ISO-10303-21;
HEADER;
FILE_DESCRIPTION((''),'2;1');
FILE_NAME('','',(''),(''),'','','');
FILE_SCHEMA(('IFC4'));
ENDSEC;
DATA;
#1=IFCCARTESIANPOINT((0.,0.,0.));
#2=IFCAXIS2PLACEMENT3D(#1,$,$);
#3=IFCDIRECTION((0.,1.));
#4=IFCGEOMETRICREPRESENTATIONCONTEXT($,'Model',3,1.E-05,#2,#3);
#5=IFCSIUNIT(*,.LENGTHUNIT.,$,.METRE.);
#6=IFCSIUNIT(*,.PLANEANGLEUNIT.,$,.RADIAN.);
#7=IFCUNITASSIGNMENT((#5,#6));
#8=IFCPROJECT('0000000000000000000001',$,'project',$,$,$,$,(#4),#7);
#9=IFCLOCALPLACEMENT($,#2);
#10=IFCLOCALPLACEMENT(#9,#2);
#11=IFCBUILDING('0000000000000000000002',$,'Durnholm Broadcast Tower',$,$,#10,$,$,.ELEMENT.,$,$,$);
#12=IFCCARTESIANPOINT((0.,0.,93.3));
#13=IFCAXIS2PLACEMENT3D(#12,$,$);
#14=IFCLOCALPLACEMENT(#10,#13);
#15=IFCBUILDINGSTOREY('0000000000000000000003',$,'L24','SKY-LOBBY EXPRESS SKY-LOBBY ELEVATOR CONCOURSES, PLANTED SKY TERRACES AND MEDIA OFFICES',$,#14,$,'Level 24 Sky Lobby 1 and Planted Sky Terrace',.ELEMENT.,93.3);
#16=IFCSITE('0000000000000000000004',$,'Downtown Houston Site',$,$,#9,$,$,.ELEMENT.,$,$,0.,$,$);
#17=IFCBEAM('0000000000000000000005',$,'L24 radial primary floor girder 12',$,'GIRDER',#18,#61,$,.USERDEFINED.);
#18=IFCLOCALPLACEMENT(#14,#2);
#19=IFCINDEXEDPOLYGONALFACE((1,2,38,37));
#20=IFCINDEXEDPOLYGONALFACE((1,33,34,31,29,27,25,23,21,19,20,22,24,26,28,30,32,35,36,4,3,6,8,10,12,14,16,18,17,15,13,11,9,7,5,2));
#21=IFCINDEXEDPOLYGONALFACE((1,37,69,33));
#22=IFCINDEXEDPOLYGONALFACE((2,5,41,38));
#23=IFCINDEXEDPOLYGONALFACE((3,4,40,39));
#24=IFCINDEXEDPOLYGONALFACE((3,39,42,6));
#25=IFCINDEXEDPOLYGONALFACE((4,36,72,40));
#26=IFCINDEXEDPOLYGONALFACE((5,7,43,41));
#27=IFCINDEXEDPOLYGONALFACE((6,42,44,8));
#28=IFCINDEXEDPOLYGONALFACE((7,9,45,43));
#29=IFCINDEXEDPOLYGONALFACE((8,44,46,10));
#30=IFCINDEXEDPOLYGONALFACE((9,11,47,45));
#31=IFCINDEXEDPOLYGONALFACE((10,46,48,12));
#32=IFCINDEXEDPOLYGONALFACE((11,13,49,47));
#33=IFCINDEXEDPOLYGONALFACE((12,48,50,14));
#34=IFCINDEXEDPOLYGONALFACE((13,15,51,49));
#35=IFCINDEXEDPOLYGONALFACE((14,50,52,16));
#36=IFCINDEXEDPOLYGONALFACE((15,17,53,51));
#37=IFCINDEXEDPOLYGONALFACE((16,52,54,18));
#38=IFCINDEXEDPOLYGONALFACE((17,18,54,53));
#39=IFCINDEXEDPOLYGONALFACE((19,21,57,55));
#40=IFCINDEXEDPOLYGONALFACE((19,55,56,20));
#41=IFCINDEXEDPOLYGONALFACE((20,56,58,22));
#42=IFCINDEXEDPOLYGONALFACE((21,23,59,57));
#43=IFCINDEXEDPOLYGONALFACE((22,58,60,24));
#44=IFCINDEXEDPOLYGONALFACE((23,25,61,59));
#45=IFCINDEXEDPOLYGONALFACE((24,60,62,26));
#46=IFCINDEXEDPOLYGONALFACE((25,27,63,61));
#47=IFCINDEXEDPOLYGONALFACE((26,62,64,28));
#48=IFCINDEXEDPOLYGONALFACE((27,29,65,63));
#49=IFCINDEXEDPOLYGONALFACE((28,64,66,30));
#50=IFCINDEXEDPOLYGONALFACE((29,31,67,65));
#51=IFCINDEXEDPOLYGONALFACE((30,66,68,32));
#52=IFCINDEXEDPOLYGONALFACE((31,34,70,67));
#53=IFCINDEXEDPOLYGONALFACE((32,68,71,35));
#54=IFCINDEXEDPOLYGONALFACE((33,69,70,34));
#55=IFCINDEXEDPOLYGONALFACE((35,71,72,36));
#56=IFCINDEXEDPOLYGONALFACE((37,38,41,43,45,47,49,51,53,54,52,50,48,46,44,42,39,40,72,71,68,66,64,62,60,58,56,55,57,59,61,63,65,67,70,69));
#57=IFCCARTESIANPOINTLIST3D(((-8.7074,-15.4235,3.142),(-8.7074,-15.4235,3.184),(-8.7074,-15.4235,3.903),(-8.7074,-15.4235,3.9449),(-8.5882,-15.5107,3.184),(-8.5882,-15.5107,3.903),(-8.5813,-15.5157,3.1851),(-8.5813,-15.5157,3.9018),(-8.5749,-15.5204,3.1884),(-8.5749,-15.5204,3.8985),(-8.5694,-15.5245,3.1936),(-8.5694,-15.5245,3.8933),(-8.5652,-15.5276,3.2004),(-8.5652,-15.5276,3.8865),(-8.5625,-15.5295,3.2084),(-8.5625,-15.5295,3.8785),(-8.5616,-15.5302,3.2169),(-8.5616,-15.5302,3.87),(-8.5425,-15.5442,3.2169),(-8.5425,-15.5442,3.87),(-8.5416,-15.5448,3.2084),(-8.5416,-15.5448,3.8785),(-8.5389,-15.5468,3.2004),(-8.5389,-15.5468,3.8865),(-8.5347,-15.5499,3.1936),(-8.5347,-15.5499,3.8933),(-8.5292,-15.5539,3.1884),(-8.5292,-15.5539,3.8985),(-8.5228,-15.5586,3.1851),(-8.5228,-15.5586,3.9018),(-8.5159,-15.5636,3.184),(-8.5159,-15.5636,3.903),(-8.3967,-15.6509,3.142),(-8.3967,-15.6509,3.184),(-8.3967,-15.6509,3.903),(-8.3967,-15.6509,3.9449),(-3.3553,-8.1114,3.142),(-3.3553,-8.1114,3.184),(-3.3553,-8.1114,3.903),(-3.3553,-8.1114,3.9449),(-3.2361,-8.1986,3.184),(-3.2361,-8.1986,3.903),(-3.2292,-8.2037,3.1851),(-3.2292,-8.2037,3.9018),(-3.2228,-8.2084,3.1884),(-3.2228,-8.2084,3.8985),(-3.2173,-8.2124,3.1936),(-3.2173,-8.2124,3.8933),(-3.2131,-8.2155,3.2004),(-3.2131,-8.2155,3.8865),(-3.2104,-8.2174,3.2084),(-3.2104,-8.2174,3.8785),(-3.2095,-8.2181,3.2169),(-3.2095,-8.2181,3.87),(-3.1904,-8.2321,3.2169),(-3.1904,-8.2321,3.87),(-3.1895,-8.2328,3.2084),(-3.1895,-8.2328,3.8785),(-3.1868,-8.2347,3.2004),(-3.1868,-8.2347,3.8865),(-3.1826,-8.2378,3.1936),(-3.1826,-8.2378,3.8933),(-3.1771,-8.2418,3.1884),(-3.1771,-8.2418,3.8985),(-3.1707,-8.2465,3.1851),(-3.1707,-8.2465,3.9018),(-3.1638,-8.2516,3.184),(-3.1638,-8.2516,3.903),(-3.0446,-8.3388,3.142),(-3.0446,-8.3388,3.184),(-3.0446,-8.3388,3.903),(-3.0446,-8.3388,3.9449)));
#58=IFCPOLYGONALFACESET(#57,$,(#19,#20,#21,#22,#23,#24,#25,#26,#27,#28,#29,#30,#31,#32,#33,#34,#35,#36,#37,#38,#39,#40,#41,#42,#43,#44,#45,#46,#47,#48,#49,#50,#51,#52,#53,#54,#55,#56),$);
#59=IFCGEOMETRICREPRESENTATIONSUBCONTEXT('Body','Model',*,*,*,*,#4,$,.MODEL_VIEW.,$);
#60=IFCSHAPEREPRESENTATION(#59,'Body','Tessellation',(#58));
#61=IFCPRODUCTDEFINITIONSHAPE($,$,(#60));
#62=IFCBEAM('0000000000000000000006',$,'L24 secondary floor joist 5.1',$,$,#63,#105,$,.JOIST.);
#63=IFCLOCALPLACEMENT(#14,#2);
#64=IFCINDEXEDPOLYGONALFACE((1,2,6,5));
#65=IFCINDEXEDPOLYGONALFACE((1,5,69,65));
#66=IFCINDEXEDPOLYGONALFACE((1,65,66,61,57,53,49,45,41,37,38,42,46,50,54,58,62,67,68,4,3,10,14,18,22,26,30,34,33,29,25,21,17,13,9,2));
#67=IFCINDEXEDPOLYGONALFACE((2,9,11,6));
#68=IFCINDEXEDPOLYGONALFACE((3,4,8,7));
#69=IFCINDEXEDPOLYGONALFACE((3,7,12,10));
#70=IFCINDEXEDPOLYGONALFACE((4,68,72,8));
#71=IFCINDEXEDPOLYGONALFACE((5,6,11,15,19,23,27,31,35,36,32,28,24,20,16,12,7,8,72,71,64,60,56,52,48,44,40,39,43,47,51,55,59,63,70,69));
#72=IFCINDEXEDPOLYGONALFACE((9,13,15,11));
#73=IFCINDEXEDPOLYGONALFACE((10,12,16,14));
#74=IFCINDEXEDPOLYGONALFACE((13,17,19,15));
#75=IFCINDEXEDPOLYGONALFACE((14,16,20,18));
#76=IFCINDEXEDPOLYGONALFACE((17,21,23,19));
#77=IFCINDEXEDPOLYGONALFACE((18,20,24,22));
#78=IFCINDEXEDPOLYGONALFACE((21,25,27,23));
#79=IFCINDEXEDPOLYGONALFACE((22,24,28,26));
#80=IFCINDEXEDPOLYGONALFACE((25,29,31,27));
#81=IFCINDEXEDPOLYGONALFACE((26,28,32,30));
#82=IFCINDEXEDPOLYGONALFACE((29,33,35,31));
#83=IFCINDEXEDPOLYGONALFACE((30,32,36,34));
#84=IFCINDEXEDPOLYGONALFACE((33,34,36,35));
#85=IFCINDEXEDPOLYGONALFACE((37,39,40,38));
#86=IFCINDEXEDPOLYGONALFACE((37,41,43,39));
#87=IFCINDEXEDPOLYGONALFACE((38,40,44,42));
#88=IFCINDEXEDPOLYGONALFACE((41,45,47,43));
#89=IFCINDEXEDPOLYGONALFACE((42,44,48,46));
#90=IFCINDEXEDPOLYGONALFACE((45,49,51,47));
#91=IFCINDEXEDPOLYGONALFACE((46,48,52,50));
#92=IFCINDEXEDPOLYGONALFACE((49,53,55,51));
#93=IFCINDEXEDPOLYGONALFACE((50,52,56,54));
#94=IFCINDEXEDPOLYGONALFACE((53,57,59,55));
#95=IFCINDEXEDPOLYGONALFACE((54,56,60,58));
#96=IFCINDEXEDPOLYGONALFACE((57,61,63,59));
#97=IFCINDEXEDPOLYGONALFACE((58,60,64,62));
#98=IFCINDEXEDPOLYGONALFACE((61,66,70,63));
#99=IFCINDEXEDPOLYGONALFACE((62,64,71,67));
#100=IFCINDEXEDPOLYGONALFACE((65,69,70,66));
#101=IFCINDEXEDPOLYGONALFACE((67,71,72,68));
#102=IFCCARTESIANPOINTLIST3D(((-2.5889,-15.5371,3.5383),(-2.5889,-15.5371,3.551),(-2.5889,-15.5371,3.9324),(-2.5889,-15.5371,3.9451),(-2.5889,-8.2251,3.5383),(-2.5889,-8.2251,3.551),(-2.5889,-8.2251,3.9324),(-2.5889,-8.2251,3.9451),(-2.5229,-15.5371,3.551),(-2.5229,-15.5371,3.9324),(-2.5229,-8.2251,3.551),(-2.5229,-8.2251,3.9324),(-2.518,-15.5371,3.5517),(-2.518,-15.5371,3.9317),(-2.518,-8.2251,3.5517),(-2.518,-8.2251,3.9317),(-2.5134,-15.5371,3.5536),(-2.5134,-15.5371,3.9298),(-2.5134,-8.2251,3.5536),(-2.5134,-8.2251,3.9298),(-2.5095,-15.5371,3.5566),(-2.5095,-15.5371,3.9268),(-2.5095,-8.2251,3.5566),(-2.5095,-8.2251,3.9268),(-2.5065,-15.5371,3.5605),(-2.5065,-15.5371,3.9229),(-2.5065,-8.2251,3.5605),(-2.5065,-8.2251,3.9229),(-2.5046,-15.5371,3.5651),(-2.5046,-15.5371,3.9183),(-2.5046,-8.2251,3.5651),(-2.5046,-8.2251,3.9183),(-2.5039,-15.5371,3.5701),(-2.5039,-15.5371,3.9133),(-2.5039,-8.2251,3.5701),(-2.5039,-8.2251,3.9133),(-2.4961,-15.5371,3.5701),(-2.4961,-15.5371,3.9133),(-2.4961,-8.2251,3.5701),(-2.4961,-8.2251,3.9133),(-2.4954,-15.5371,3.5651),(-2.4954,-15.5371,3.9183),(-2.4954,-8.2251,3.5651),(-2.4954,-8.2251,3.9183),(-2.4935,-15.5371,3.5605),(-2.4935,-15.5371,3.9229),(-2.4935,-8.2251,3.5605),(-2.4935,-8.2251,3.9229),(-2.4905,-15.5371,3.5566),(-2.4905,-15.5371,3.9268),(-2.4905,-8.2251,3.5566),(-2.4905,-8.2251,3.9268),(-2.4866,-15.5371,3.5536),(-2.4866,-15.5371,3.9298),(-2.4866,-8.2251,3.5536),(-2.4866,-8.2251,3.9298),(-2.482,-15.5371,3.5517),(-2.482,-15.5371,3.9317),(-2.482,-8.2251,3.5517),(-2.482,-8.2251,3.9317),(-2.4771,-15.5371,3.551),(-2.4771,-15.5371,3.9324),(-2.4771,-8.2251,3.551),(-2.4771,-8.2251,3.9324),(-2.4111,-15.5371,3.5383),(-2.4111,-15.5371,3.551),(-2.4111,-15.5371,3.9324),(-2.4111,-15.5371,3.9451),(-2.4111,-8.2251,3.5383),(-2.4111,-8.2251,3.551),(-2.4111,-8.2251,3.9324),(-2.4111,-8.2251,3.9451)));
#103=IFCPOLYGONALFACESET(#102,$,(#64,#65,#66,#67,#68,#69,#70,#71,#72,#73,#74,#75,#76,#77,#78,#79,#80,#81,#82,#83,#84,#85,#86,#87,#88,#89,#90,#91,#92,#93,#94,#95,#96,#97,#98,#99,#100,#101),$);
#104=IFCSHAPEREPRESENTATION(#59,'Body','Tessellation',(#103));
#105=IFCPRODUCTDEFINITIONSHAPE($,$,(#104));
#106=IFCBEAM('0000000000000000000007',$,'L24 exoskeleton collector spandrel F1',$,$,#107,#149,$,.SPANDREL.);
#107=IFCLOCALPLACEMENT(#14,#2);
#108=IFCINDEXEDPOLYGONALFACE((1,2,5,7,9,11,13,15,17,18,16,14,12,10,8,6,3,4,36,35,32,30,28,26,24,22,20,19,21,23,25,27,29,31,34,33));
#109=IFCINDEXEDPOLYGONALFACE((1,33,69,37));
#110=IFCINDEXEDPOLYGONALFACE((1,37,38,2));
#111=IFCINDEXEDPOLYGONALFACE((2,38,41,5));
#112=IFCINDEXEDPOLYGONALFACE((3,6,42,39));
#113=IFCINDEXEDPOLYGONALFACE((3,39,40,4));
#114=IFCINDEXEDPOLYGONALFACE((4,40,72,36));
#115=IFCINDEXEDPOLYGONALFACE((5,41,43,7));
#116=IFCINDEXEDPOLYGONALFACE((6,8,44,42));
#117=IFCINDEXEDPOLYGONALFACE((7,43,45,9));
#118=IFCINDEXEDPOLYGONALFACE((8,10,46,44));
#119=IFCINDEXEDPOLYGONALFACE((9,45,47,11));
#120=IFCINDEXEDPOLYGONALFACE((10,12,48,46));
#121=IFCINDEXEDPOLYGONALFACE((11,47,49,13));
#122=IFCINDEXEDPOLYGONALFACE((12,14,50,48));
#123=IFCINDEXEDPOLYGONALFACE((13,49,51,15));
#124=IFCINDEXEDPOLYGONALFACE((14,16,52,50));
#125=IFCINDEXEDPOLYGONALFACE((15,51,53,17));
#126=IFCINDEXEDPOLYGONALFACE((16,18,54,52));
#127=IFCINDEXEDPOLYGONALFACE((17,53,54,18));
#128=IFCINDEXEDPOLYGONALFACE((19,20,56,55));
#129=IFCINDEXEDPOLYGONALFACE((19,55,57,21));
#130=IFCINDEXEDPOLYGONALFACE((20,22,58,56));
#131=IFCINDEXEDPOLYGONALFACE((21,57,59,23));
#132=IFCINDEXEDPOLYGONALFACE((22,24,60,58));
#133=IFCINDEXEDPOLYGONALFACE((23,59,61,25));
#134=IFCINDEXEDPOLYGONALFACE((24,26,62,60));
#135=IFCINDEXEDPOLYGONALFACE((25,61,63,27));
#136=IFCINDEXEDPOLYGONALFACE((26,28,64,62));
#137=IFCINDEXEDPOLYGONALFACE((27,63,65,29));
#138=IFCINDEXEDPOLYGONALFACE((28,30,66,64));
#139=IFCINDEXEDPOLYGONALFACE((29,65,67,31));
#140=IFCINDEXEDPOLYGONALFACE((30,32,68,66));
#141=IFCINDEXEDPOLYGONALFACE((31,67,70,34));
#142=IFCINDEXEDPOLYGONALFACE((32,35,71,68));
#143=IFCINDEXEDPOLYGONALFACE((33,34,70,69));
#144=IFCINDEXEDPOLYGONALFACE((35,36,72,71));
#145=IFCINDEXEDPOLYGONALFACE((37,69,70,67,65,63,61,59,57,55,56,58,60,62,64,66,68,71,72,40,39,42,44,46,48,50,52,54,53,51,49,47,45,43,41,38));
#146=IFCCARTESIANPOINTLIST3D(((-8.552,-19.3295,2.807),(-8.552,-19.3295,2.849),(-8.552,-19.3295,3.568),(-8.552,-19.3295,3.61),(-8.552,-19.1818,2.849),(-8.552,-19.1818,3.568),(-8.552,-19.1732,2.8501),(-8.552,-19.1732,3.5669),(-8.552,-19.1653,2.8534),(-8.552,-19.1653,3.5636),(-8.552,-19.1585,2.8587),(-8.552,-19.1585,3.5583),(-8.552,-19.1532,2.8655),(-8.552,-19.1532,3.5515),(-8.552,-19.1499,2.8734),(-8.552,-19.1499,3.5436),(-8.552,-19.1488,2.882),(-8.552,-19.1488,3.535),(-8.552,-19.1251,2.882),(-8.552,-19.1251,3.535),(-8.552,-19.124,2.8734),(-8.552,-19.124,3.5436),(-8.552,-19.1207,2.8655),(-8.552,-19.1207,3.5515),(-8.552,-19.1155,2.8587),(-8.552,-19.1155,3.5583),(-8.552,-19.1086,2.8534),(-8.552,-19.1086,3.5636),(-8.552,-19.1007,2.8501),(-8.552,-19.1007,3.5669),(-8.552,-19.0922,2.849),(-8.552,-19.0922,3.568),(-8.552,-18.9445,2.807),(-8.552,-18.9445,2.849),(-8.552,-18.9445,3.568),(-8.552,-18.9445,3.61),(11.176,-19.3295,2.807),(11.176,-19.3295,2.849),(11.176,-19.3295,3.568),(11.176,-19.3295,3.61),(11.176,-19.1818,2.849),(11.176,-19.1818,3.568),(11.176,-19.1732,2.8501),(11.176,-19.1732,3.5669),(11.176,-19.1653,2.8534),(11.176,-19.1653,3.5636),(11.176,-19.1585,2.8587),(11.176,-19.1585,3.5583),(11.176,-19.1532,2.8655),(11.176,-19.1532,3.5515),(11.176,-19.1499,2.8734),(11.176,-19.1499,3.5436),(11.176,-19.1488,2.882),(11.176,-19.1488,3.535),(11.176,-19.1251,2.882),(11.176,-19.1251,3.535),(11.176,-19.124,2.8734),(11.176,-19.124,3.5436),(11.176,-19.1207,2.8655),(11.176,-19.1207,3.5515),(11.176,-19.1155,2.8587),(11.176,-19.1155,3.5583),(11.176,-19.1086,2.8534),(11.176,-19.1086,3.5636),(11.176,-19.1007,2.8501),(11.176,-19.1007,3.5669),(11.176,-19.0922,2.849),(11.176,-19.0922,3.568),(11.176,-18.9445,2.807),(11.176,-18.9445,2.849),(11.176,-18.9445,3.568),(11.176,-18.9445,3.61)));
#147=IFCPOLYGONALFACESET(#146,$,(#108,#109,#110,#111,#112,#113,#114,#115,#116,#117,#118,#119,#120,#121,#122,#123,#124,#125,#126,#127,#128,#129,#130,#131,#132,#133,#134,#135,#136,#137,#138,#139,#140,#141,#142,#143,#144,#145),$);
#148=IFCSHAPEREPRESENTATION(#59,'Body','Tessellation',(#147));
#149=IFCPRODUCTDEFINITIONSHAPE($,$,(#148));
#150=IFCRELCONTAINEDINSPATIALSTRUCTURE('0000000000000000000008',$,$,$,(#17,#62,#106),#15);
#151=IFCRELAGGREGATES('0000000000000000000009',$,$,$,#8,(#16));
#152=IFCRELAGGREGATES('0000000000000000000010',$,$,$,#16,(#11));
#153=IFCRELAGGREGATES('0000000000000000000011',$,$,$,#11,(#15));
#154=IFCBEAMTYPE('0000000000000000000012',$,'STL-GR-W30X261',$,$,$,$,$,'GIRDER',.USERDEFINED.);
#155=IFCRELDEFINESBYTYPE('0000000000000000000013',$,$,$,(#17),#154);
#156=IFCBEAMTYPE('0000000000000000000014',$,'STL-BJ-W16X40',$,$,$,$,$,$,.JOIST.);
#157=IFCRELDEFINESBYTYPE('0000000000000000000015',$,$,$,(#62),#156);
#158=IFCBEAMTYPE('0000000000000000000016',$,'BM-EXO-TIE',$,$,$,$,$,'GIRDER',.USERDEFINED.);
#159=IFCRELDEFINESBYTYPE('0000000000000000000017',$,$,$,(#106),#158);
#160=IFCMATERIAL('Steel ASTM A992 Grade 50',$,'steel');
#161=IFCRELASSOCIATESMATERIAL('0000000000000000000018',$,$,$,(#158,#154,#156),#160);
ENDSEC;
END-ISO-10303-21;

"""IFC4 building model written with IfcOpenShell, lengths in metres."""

from ifc_helpers import new_model, si_unit, direction, frame, origin, origin_2d, place, context, subcontext, project, spatial, i_section, extrude, source, transform, mapped, material, material_profile, profile_set, type_object, type_shapes, element, save


model = new_model("IFC4")

# Units and contexts
model_context = context("Model", 3, precision=1e-05, world=origin(), true_north=direction((0.0, 1.0)))
body_context = subcontext(model_context, "Body", "Model", "MODEL_VIEW")
ifc_project = project(units=[si_unit("LENGTHUNIT", "METRE"), si_unit("PLANEANGLEUNIT", "RADIAN")], contexts=[model_context])

# Site, building, storey
site_placement = place(None, origin())
site = spatial("IfcSite", under=ifc_project, at=site_placement, Name="Downtown Houston Site", CompositionType="ELEMENT", RefElevation=0.0)
building_placement = place(site_placement, origin())
building = spatial("IfcBuilding", under=site, at=building_placement, Name="Durnholm Broadcast Tower", CompositionType="ELEMENT")
storey_placement = place(building_placement, frame((0.0, 0.0, 93.3)))
storey = spatial("IfcBuildingStorey", under=building, at=storey_placement, Name="L24", Description="SKY-LOBBY EXPRESS SKY-LOBBY ELEVATOR CONCOURSES, PLANTED SKY TERRACES AND MEDIA OFFICES", LongName="Level 24 Sky Lobby 1 and Planted Sky Terrace", CompositionType="ELEMENT", Elevation=93.3)

# Beams
ifc_material_1 = material(Name="Steel ASTM A992 Grade 50", Category="steel")
ifc_material_profile_1 = material_profile(ifc_material_1, i_section(OverallWidth=0.385, OverallDepth=0.803, WebThickness=0.0237, FlangeThickness=0.042, FilletRadius=0.033, at=origin_2d()), Name="W30X261")
ifc_profile_set_1 = profile_set([ifc_material_profile_1], Name="Steel ASTM A992 Grade 50")
beam_type_1 = type_object("IfcBeamType", Name="BM-EXO-TIE", ElementType="GIRDER", PredefinedType="USERDEFINED", material=ifc_profile_set_1)
ifc_material_profile_2 = material_profile(ifc_material_1, i_section(OverallWidth=0.385, OverallDepth=0.803, WebThickness=0.0237, FlangeThickness=0.042, FilletRadius=0.033, at=origin_2d()), Name="W30X261")
ifc_profile_set_2 = profile_set([ifc_material_profile_2], Name="Steel ASTM A992 Grade 50")
beam_type_2 = type_object("IfcBeamType", Name="STL-GR-W30X261", ElementType="GIRDER", PredefinedType="USERDEFINED", material=ifc_profile_set_2)
shared_shape_1 = source(origin(), body_context, "Body", "SweptSolid", [
    extrude(i_section(OverallWidth=0.385, OverallDepth=0.803, WebThickness=0.0237, FlangeThickness=0.042, FilletRadius=0.033, at=origin_2d()), origin(), (0.0, 0.0, 1.0), 9.0615),
])
beam_1_placement = place(storey_placement, frame((-3.2, -8.2251, 3.5435), z_axis=(-0.590639, -0.806936, 0.0), x_axis=(0.806936, -0.590639, 0.0)))
element("IfcBeam", 1, at=beam_1_placement, inside=storey, type_object=beam_type_2, Name="L24 radial primary floor girder 12", ObjectType="GIRDER", PredefinedType="USERDEFINED", context=body_context, shape_type="MappedRepresentation", body=[
    mapped(shared_shape_1, transform((0.0, 0.0, 0.0), x_axis=(1.0, 0.0, 0.0), y_axis=(0.0, 1.0, 0.0), z_axis=(0.0, 0.0, 1.0), scale=1.0)),
])
ifc_material_profile_3 = material_profile(ifc_material_1, i_section(OverallWidth=0.1777, OverallDepth=0.4067, WebThickness=0.0078, FlangeThickness=0.0127, FilletRadius=0.019, at=origin_2d()), Name="W16X40")
ifc_profile_set_3 = profile_set([ifc_material_profile_3], Name="Steel ASTM A992 Grade 50")
beam_type_3 = type_object("IfcBeamType", Name="STL-BJ-W16X40", PredefinedType="JOIST", material=ifc_profile_set_3)
shared_shape_2 = source(origin(), body_context, "Body", "SweptSolid", [
    extrude(i_section(OverallWidth=0.1777, OverallDepth=0.4067, WebThickness=0.0078, FlangeThickness=0.0127, FilletRadius=0.019, at=origin_2d()), origin(), (0.0, 0.0, 1.0), 7.312),
])
type_shapes(beam_type_3, [shared_shape_2])
beam_2_placement = place(storey_placement, frame((-2.5, -15.5371, 3.7417), z_axis=(0.0, 1.0, 0.0), x_axis=(-1.0, 0.0, 0.0)))
element("IfcBeam", 2, at=beam_2_placement, inside=storey, type_object=beam_type_3, Name="L24 secondary floor joist 5.1", PredefinedType="JOIST", context=body_context, shape_type="MappedRepresentation", body=[
    mapped(shared_shape_2, transform((0.0, 0.0, 0.0), x_axis=(1.0, 0.0, 0.0), y_axis=(0.0, 1.0, 0.0), z_axis=(0.0, 0.0, 1.0), scale=1.0)),
])
shared_shape_3 = source(origin(), body_context, "Body", "SweptSolid", [
    extrude(i_section(OverallWidth=0.385, OverallDepth=0.803, WebThickness=0.0237, FlangeThickness=0.042, FilletRadius=0.033, at=origin_2d()), origin(), (0.0, 0.0, 1.0), 19.728),
])
beam_3_placement = place(storey_placement, frame((-8.552, -19.137, 3.2085), z_axis=(1.0, 0.0, 0.0), x_axis=(0.0, 1.0, 0.0)))
element("IfcBeam", 3, at=beam_3_placement, inside=storey, type_object=beam_type_1, Name="L24 exoskeleton collector spandrel F1", PredefinedType="SPANDREL", context=body_context, shape_type="MappedRepresentation", body=[
    mapped(shared_shape_3, transform((0.0, 0.0, 0.0), x_axis=(1.0, 0.0, 0.0), y_axis=(0.0, 1.0, 0.0), z_axis=(0.0, 0.0, 1.0), scale=1.0)),
])

save(model, "model.ifc")
